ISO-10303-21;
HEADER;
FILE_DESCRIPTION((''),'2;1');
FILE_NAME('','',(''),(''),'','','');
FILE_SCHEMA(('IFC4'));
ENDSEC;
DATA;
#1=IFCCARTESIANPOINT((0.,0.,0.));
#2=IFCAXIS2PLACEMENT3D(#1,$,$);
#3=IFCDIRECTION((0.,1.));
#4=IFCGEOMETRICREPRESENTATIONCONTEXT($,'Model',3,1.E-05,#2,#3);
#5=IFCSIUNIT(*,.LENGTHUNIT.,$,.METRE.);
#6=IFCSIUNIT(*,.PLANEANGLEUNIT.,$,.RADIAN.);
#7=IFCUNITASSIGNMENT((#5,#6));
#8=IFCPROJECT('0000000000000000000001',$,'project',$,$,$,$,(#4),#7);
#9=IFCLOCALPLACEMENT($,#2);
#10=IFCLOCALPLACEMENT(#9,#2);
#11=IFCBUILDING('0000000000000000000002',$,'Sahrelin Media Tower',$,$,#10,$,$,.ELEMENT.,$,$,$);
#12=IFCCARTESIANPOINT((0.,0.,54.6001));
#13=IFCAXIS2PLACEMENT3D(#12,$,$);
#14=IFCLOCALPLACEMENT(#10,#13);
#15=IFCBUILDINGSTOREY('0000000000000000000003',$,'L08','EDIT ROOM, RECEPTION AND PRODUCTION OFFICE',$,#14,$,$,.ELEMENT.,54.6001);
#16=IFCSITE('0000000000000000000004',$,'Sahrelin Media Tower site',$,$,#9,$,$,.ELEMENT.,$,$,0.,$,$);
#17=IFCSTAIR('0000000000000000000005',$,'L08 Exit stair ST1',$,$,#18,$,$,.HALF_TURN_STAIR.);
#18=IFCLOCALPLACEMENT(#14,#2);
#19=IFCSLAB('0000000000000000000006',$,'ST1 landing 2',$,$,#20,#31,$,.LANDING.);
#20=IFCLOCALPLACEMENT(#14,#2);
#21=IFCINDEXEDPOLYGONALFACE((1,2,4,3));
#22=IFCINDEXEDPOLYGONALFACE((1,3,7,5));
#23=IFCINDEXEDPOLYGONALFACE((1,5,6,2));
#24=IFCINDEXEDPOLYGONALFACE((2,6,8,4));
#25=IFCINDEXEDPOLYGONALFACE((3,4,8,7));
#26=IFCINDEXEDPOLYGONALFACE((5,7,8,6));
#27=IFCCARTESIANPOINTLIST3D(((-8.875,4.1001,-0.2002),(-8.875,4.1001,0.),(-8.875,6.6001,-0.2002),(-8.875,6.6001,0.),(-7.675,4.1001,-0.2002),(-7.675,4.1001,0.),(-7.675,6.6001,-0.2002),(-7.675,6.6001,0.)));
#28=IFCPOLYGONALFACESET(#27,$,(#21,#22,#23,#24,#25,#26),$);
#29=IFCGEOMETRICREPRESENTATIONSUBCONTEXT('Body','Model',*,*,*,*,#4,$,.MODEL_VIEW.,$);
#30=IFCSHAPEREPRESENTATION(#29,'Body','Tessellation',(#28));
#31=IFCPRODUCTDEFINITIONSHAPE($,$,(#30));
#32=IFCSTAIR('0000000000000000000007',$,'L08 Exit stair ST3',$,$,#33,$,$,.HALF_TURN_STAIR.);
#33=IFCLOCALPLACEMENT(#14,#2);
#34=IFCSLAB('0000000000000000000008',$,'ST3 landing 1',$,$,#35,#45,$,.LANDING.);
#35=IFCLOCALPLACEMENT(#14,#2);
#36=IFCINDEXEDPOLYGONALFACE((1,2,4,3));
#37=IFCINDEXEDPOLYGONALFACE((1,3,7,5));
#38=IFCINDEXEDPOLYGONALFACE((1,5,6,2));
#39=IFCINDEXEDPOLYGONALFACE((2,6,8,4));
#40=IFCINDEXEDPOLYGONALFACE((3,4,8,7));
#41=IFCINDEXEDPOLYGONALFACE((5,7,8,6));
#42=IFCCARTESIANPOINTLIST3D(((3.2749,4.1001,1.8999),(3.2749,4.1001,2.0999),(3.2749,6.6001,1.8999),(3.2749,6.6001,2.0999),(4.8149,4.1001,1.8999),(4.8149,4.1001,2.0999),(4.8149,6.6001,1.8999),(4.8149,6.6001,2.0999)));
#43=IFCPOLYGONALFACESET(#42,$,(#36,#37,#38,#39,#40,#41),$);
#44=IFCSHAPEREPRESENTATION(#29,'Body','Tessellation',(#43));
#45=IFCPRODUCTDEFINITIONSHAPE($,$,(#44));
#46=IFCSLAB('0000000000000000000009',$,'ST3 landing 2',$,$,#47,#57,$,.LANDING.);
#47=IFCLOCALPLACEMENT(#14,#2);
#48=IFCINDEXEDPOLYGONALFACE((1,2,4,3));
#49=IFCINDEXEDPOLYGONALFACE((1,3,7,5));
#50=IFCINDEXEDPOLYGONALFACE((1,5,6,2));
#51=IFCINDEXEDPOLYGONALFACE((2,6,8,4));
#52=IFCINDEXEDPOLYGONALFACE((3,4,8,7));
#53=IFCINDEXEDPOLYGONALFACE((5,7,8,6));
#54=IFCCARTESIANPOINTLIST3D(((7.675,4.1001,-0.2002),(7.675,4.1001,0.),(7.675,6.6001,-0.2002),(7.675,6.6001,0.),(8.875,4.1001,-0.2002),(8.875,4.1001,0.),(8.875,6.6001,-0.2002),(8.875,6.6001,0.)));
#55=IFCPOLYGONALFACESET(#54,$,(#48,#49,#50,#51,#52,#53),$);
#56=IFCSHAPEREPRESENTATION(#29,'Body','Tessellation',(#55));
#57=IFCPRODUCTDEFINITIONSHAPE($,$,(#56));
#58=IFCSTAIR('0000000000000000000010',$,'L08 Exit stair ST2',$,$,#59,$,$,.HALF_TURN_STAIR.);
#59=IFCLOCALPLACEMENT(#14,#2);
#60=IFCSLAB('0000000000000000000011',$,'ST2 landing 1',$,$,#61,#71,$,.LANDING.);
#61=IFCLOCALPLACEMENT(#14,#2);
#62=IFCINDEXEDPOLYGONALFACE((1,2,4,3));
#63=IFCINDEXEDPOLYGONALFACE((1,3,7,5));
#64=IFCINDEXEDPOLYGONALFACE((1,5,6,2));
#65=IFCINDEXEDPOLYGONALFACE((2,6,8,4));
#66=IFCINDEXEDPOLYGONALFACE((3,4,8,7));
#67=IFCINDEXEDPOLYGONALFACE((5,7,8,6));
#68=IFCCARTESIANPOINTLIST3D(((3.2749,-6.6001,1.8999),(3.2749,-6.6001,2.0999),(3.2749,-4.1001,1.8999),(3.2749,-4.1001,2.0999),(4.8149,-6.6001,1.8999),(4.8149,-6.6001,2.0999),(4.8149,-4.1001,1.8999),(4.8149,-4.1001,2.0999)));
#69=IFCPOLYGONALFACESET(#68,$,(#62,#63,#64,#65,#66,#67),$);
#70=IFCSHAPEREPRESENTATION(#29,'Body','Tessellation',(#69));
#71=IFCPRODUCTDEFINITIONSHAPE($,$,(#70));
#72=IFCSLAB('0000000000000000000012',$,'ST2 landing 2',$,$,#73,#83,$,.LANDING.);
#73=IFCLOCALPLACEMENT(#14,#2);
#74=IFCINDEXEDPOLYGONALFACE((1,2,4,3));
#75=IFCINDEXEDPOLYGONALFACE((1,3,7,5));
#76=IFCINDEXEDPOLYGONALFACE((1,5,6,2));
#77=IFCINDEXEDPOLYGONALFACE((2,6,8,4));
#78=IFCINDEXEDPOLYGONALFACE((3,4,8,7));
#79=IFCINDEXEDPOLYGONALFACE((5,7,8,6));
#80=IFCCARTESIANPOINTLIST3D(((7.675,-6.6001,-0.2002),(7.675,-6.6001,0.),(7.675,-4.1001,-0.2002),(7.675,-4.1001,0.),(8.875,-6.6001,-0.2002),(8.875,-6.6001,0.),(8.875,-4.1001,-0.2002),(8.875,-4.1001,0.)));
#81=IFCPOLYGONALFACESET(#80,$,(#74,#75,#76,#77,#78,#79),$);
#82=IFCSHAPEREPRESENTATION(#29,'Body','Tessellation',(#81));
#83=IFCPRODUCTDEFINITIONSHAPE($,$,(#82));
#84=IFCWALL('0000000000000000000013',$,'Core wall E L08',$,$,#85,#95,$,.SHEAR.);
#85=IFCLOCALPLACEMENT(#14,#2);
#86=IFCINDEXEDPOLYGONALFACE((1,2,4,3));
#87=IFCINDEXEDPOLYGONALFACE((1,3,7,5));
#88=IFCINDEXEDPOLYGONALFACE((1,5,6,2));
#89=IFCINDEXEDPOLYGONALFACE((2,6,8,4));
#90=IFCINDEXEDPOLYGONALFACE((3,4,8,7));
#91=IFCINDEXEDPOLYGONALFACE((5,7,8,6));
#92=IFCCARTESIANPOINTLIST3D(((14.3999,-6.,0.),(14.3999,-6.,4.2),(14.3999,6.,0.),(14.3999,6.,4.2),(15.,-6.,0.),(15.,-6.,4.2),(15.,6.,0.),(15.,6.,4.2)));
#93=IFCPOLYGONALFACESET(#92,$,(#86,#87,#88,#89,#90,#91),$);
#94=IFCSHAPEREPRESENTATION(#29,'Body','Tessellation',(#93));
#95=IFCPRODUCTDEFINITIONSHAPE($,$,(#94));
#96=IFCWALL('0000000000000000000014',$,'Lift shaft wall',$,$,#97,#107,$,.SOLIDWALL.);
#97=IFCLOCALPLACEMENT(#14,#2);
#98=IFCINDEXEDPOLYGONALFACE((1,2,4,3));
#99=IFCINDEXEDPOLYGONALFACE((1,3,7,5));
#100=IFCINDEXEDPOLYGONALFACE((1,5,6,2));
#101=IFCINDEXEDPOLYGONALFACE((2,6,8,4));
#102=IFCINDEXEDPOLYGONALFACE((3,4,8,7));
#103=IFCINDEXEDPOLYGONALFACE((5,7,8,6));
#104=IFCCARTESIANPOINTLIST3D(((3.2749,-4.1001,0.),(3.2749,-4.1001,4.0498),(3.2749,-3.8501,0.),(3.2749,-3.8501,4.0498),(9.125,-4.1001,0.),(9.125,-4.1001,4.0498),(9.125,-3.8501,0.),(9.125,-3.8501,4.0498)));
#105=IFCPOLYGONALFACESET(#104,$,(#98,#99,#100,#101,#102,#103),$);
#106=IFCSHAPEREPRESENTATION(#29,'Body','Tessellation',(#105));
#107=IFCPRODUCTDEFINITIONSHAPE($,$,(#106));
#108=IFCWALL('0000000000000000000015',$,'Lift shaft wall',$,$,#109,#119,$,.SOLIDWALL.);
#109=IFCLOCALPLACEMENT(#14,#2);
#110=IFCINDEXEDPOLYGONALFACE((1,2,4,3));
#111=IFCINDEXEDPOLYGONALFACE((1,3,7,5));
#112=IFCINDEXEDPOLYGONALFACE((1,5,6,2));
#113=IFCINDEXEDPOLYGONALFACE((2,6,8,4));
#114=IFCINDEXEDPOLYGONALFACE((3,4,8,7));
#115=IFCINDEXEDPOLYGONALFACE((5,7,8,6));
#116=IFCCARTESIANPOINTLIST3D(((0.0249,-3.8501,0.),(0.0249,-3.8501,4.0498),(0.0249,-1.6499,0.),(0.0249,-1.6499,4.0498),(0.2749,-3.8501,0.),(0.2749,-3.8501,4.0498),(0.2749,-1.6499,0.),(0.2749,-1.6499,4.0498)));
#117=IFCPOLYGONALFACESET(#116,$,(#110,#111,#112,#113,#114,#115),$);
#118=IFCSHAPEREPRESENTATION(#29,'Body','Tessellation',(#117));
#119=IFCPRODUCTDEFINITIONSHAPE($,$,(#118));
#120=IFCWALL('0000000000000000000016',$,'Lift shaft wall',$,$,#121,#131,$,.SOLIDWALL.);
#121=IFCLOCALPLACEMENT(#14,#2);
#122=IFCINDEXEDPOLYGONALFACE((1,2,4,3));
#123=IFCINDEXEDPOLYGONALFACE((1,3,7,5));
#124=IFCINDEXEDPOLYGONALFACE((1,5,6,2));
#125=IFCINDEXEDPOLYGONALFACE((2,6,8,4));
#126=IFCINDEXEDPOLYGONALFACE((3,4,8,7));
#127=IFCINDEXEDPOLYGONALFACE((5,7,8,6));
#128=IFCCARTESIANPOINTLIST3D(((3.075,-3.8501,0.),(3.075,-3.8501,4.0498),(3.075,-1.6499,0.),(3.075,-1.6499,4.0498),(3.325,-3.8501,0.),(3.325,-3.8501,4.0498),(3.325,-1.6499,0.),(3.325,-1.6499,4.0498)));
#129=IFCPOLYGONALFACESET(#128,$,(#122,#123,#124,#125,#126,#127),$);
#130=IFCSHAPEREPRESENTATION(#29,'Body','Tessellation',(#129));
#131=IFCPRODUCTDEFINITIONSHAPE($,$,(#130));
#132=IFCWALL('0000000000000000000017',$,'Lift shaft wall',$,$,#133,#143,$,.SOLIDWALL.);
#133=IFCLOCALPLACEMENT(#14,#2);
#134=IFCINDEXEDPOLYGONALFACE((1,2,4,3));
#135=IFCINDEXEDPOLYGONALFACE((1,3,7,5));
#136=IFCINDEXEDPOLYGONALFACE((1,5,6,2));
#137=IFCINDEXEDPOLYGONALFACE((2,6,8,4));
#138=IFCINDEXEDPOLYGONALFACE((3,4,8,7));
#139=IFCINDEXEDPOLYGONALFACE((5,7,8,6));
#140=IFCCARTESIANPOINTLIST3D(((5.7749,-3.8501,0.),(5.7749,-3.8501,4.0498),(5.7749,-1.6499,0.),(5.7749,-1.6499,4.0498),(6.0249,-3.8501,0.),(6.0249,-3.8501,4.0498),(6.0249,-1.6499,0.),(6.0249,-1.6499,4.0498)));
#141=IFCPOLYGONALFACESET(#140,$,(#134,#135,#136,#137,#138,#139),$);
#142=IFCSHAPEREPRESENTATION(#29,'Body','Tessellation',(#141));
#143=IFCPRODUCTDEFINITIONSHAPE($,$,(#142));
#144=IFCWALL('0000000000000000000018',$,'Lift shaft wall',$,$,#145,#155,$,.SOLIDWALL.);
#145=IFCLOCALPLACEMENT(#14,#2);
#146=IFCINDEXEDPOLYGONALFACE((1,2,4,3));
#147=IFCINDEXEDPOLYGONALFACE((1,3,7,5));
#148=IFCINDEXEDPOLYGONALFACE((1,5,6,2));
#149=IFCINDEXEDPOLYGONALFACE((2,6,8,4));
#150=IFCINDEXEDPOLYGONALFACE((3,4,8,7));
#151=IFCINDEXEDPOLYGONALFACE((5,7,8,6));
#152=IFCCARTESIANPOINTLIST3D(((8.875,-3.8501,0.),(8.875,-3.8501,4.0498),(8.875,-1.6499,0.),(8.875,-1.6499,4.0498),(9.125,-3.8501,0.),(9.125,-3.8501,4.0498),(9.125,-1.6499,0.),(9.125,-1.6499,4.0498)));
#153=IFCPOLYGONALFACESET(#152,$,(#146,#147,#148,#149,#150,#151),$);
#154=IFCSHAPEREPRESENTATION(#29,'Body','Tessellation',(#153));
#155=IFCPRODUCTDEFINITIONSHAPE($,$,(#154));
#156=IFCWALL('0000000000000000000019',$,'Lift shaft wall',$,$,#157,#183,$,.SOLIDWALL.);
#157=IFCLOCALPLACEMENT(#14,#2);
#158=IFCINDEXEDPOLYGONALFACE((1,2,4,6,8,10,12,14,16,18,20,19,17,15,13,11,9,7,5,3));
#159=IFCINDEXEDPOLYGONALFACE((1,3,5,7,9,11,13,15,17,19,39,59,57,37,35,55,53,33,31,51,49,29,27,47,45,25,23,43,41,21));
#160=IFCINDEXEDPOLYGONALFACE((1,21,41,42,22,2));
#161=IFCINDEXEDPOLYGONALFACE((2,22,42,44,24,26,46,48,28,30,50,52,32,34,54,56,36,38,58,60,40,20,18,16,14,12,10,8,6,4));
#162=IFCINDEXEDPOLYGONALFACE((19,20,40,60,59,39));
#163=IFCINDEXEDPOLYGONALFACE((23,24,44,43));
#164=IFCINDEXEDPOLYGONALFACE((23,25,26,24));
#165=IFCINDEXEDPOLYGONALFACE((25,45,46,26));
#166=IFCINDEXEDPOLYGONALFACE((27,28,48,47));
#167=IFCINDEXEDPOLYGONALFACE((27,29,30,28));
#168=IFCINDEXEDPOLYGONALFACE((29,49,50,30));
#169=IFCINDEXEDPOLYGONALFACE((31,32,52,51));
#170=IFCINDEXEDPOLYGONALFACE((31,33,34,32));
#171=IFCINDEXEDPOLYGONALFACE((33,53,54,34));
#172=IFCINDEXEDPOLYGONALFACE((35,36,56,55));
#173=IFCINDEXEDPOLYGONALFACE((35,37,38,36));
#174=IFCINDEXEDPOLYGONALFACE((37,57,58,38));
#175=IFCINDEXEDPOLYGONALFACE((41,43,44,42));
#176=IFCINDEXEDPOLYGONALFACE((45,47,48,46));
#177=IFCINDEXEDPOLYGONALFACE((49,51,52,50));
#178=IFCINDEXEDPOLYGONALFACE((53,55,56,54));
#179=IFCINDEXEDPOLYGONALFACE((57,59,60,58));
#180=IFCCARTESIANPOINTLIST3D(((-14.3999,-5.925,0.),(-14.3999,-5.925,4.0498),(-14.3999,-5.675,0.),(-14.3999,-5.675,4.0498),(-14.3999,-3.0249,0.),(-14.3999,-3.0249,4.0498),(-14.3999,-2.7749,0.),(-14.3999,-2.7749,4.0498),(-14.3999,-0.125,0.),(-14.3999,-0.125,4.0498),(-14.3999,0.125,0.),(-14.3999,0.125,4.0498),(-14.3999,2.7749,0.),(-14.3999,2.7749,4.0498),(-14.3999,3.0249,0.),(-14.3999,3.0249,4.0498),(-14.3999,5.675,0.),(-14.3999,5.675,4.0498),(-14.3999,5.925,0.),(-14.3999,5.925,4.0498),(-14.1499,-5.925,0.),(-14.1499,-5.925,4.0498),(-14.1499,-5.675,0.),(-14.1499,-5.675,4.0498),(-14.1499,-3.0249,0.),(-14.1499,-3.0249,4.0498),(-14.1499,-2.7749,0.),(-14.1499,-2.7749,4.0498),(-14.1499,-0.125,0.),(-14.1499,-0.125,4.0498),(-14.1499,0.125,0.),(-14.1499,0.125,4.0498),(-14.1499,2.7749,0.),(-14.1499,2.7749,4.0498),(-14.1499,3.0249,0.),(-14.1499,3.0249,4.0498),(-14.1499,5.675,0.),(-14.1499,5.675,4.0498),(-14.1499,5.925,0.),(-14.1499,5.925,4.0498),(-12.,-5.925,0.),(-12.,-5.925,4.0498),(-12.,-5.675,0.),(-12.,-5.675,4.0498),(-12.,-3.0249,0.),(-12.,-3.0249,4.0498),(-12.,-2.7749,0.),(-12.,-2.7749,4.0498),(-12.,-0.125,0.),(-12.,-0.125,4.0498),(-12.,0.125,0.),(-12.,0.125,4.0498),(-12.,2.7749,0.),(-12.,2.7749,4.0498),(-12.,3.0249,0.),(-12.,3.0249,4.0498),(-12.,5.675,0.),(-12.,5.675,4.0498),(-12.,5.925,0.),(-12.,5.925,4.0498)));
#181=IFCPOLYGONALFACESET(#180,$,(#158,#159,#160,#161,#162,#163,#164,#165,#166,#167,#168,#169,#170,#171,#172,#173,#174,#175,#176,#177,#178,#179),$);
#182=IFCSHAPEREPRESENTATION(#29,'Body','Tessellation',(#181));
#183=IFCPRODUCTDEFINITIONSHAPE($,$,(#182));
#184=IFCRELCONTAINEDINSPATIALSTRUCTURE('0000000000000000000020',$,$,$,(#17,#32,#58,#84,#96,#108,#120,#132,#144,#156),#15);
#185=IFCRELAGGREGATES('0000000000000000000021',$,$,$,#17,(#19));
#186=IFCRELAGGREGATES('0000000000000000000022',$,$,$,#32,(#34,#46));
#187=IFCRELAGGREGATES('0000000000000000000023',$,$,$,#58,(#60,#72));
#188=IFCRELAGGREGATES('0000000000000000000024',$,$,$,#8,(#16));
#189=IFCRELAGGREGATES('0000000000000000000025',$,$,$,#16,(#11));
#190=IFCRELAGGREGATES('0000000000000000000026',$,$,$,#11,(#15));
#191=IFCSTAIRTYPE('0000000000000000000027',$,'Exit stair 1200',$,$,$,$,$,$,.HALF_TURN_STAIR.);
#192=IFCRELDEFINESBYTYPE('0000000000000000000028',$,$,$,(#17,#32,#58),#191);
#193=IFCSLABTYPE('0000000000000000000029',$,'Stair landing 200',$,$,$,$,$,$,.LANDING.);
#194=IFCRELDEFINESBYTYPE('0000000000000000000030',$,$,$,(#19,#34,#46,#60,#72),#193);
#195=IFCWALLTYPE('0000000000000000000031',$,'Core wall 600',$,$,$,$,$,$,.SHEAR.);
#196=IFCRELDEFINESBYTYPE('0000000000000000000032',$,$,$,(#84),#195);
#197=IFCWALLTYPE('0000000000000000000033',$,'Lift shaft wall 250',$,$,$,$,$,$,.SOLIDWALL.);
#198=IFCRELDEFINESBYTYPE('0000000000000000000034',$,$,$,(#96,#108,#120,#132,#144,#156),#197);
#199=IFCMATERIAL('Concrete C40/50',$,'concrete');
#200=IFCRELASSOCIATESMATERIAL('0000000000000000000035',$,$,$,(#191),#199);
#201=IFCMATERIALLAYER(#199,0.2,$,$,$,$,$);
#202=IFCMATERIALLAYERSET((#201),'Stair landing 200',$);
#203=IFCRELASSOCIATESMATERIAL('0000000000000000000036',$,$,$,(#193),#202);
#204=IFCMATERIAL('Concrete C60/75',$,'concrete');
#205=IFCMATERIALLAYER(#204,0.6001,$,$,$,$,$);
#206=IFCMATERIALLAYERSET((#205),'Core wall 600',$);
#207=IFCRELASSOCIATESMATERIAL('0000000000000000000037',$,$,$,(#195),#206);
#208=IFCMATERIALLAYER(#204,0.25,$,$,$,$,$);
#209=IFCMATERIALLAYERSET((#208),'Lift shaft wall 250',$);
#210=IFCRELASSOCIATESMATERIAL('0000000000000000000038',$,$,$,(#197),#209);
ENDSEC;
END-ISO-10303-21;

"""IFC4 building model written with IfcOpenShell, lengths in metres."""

from ifc_helpers import new_model, si_unit, direction, frame, frame_2d, origin, place, context, subcontext, project, spatial, polyline, rectangle, outline, extrude, material, layer, layer_set, type_object, element, aggregate, save


model = new_model("IFC4")

# Units and contexts
model_context = context("Model", 3, precision=1e-05, world=origin(), true_north=direction((0.0, 1.0)))
body_context = subcontext(model_context, "Body", "Model", "MODEL_VIEW")
ifc_project = project(units=[si_unit("LENGTHUNIT", "METRE"), si_unit("PLANEANGLEUNIT", "RADIAN")], contexts=[model_context])

# Site, building, storey
site_placement = place(None, origin())
site = spatial("IfcSite", under=ifc_project, at=site_placement, Name="Sahrelin Media Tower site", CompositionType="ELEMENT", RefElevation=0.0)
building_placement = place(site_placement, origin())
building = spatial("IfcBuilding", under=site, at=building_placement, Name="Sahrelin Media Tower", CompositionType="ELEMENT")
storey_placement = place(building_placement, frame((0.0, 0.0, 54.6001)))
storey = spatial("IfcBuildingStorey", under=building, at=storey_placement, Name="L08", Description="EDIT ROOM, RECEPTION AND PRODUCTION OFFICE", CompositionType="ELEMENT", Elevation=54.6001)

# Shared definitions
ifc_material_1 = material(Name="Concrete C40/50", Category="concrete")

# Stairs, slabs
stair_type = type_object("IfcStairType", Name="Exit stair 1200", PredefinedType="HALF_TURN_STAIR", material=ifc_material_1)
placement_1 = place(storey_placement, origin())
stair_1 = element("IfcStair", 1, at=placement_1, inside=storey, type_object=stair_type, Name="L08 Exit stair ST1", PredefinedType="HALF_TURN_STAIR")
ifc_layer_1 = layer(ifc_material_1, 0.2)
ifc_layer_set_1 = layer_set([ifc_layer_1], Name="Stair landing 200")
slab_type_1 = type_object("IfcSlabType", Name="Stair landing 200", PredefinedType="LANDING", material=ifc_layer_set_1)
placement_2 = place(storey_placement, frame((0.0, 0.0, 1.8999)))
placement_3 = place(storey_placement, frame((0.0, 0.0, -0.2002)))
slab_1 = element("IfcSlab", 2, at=placement_3, type_object=slab_type_1, Name="ST1 landing 2", PredefinedType="LANDING", context=body_context, shape_type="SweptSolid", body=[
    extrude(outline(polyline([(-8.875, 4.1001), (-7.675, 4.1001), (-7.675, 6.6001), (-8.875, 6.6001), (-8.875, 4.1001)])), origin(), (0.0, 0.0, 1.0), 0.2002),
])
aggregate(stair_1, [slab_1])
stair_2 = element("IfcStair", 3, at=placement_1, inside=storey, type_object=stair_type, Name="L08 Exit stair ST3", PredefinedType="HALF_TURN_STAIR")
slab_2 = element("IfcSlab", 4, at=placement_2, type_object=slab_type_1, Name="ST3 landing 1", PredefinedType="LANDING", context=body_context, shape_type="SweptSolid", body=[
    extrude(outline(polyline([(4.8149, 6.6001), (3.2749, 6.6001), (3.2749, 4.1001), (4.8149, 4.1001), (4.8149, 6.6001)])), origin(), (0.0, 0.0, 1.0), 0.2),
])
slab_3 = element("IfcSlab", 5, at=placement_3, type_object=slab_type_1, Name="ST3 landing 2", PredefinedType="LANDING", context=body_context, shape_type="SweptSolid", body=[
    extrude(outline(polyline([(8.875, 6.6001), (7.675, 6.6001), (7.675, 4.1001), (8.875, 4.1001), (8.875, 6.6001)])), origin(), (0.0, 0.0, 1.0), 0.2002),
])
aggregate(stair_2, [slab_2, slab_3])
stair_3 = element("IfcStair", 6, at=placement_1, inside=storey, type_object=stair_type, Name="L08 Exit stair ST2", PredefinedType="HALF_TURN_STAIR")
slab_4 = element("IfcSlab", 7, at=placement_2, type_object=slab_type_1, Name="ST2 landing 1", PredefinedType="LANDING", context=body_context, shape_type="SweptSolid", body=[
    extrude(outline(polyline([(4.8149, -4.1001), (3.2749, -4.1001), (3.2749, -6.6001), (4.8149, -6.6001), (4.8149, -4.1001)])), origin(), (0.0, 0.0, 1.0), 0.2),
])
slab_5 = element("IfcSlab", 8, at=placement_3, type_object=slab_type_1, Name="ST2 landing 2", PredefinedType="LANDING", context=body_context, shape_type="SweptSolid", body=[
    extrude(outline(polyline([(8.875, -4.1001), (7.675, -4.1001), (7.675, -6.6001), (8.875, -6.6001), (8.875, -4.1001)])), origin(), (0.0, 0.0, 1.0), 0.2002),
])
aggregate(stair_3, [slab_4, slab_5])

# Walls
ifc_material_2 = material(Name="Concrete C60/75", Category="concrete")
ifc_layer_2 = layer(ifc_material_2, 0.6001)
ifc_layer_set_2 = layer_set([ifc_layer_2], Name="Core wall 600")
wall_type_1 = type_object("IfcWallType", Name="Core wall 600", PredefinedType="SHEAR", material=ifc_layer_set_2)
wall_1_placement = place(storey_placement, frame((14.7, -6.0, 0.0), z_axis=(0.0, 0.0, 1.0), x_axis=(0.0, 1.0, 0.0)))
element("IfcWall", 9, at=wall_1_placement, inside=storey, type_object=wall_type_1, Name="Core wall E L08", PredefinedType="SHEAR", context=body_context, shape_type="SweptSolid", body=[
    extrude(rectangle(XDim=12.0, YDim=0.6001, at=frame_2d((6.0, 0.0))), origin(), (0.0, 0.0, 1.0), 4.2),
])
ifc_layer_3 = layer(ifc_material_2, 0.25)
ifc_layer_set_3 = layer_set([ifc_layer_3], Name="Lift shaft wall 250")
wall_type_2 = type_object("IfcWallType", Name="Lift shaft wall 250", PredefinedType="SOLIDWALL", material=ifc_layer_set_3)
wall_2_placement = place(storey_placement, frame((3.2749, -3.9751, 0.0), z_axis=(0.0, 0.0, 1.0), x_axis=(1.0, 0.0, 0.0)))
element("IfcWall", 10, at=wall_2_placement, inside=storey, type_object=wall_type_2, Name="Lift shaft wall", PredefinedType="SOLIDWALL", context=body_context, shape_type="SweptSolid", body=[
    extrude(rectangle(XDim=5.8501, YDim=0.25, at=frame_2d((2.925, 0.0))), origin(), (0.0, 0.0, 1.0), 4.0498),
])
for number, where, z_axis, x_axis, name in (
    (11, (0.1499, -3.8501, 0.0), (0.0, 0.0, 1.0), (0.0, 1.0, 0.0), "Lift shaft wall"),
    (12, (3.2, -3.8501, 0.0), (0.0, 0.0, 1.0), (0.0, 1.0, 0.0), "Lift shaft wall"),
    (13, (5.8999, -3.8501, 0.0), (0.0, 0.0, 1.0), (0.0, 1.0, 0.0), "Lift shaft wall"),
    (14, (9.0, -3.8501, 0.0), (0.0, 0.0, 1.0), (0.0, 1.0, 0.0), "Lift shaft wall"),
):
    element("IfcWall", number, at=place(storey_placement, frame(where, z_axis=z_axis, x_axis=x_axis)), inside=storey, type_object=wall_type_2, Name=name, PredefinedType="SOLIDWALL", context=body_context, shape_type="SweptSolid", body=[
        extrude(rectangle(XDim=2.2002, YDim=0.25, at=frame_2d((1.1001, 0.0))), origin(), (0.0, 0.0, 1.0), 4.0498),
    ])
element("IfcWall", 15, at=placement_1, inside=storey, type_object=wall_type_2, Name="Lift shaft wall", PredefinedType="SOLIDWALL", context=body_context, shape_type="SweptSolid", body=[
    extrude(outline(polyline([(-12.0, -5.925), (-12.0, -5.675), (-14.1499, -5.675), (-14.1499, -3.0249), (-12.0, -3.0249), (-12.0, -2.7749), (-14.1499, -2.7749), (-14.1499, -0.125), (-12.0, -0.125), (-12.0, 0.125), (-14.1499, 0.125), (-14.1499, 2.7749), (-12.0, 2.7749), (-12.0, 3.0249), (-14.1499, 3.0249), (-14.1499, 5.675), (-12.0, 5.675), (-12.0, 5.925), (-14.1499, 5.925), (-14.3999, 5.925), (-14.3999, 5.675), (-14.3999, 3.0249), (-14.3999, 2.7749), (-14.3999, 0.125), (-14.3999, -0.125), (-14.3999, -2.7749), (-14.3999, -3.0249), (-14.3999, -5.675), (-14.3999, -5.925), (-14.1499, -5.925), (-12.0, -5.925)])), origin(), (0.0, 0.0, 1.0), 4.0498),
])

save(model, "model.ifc")
